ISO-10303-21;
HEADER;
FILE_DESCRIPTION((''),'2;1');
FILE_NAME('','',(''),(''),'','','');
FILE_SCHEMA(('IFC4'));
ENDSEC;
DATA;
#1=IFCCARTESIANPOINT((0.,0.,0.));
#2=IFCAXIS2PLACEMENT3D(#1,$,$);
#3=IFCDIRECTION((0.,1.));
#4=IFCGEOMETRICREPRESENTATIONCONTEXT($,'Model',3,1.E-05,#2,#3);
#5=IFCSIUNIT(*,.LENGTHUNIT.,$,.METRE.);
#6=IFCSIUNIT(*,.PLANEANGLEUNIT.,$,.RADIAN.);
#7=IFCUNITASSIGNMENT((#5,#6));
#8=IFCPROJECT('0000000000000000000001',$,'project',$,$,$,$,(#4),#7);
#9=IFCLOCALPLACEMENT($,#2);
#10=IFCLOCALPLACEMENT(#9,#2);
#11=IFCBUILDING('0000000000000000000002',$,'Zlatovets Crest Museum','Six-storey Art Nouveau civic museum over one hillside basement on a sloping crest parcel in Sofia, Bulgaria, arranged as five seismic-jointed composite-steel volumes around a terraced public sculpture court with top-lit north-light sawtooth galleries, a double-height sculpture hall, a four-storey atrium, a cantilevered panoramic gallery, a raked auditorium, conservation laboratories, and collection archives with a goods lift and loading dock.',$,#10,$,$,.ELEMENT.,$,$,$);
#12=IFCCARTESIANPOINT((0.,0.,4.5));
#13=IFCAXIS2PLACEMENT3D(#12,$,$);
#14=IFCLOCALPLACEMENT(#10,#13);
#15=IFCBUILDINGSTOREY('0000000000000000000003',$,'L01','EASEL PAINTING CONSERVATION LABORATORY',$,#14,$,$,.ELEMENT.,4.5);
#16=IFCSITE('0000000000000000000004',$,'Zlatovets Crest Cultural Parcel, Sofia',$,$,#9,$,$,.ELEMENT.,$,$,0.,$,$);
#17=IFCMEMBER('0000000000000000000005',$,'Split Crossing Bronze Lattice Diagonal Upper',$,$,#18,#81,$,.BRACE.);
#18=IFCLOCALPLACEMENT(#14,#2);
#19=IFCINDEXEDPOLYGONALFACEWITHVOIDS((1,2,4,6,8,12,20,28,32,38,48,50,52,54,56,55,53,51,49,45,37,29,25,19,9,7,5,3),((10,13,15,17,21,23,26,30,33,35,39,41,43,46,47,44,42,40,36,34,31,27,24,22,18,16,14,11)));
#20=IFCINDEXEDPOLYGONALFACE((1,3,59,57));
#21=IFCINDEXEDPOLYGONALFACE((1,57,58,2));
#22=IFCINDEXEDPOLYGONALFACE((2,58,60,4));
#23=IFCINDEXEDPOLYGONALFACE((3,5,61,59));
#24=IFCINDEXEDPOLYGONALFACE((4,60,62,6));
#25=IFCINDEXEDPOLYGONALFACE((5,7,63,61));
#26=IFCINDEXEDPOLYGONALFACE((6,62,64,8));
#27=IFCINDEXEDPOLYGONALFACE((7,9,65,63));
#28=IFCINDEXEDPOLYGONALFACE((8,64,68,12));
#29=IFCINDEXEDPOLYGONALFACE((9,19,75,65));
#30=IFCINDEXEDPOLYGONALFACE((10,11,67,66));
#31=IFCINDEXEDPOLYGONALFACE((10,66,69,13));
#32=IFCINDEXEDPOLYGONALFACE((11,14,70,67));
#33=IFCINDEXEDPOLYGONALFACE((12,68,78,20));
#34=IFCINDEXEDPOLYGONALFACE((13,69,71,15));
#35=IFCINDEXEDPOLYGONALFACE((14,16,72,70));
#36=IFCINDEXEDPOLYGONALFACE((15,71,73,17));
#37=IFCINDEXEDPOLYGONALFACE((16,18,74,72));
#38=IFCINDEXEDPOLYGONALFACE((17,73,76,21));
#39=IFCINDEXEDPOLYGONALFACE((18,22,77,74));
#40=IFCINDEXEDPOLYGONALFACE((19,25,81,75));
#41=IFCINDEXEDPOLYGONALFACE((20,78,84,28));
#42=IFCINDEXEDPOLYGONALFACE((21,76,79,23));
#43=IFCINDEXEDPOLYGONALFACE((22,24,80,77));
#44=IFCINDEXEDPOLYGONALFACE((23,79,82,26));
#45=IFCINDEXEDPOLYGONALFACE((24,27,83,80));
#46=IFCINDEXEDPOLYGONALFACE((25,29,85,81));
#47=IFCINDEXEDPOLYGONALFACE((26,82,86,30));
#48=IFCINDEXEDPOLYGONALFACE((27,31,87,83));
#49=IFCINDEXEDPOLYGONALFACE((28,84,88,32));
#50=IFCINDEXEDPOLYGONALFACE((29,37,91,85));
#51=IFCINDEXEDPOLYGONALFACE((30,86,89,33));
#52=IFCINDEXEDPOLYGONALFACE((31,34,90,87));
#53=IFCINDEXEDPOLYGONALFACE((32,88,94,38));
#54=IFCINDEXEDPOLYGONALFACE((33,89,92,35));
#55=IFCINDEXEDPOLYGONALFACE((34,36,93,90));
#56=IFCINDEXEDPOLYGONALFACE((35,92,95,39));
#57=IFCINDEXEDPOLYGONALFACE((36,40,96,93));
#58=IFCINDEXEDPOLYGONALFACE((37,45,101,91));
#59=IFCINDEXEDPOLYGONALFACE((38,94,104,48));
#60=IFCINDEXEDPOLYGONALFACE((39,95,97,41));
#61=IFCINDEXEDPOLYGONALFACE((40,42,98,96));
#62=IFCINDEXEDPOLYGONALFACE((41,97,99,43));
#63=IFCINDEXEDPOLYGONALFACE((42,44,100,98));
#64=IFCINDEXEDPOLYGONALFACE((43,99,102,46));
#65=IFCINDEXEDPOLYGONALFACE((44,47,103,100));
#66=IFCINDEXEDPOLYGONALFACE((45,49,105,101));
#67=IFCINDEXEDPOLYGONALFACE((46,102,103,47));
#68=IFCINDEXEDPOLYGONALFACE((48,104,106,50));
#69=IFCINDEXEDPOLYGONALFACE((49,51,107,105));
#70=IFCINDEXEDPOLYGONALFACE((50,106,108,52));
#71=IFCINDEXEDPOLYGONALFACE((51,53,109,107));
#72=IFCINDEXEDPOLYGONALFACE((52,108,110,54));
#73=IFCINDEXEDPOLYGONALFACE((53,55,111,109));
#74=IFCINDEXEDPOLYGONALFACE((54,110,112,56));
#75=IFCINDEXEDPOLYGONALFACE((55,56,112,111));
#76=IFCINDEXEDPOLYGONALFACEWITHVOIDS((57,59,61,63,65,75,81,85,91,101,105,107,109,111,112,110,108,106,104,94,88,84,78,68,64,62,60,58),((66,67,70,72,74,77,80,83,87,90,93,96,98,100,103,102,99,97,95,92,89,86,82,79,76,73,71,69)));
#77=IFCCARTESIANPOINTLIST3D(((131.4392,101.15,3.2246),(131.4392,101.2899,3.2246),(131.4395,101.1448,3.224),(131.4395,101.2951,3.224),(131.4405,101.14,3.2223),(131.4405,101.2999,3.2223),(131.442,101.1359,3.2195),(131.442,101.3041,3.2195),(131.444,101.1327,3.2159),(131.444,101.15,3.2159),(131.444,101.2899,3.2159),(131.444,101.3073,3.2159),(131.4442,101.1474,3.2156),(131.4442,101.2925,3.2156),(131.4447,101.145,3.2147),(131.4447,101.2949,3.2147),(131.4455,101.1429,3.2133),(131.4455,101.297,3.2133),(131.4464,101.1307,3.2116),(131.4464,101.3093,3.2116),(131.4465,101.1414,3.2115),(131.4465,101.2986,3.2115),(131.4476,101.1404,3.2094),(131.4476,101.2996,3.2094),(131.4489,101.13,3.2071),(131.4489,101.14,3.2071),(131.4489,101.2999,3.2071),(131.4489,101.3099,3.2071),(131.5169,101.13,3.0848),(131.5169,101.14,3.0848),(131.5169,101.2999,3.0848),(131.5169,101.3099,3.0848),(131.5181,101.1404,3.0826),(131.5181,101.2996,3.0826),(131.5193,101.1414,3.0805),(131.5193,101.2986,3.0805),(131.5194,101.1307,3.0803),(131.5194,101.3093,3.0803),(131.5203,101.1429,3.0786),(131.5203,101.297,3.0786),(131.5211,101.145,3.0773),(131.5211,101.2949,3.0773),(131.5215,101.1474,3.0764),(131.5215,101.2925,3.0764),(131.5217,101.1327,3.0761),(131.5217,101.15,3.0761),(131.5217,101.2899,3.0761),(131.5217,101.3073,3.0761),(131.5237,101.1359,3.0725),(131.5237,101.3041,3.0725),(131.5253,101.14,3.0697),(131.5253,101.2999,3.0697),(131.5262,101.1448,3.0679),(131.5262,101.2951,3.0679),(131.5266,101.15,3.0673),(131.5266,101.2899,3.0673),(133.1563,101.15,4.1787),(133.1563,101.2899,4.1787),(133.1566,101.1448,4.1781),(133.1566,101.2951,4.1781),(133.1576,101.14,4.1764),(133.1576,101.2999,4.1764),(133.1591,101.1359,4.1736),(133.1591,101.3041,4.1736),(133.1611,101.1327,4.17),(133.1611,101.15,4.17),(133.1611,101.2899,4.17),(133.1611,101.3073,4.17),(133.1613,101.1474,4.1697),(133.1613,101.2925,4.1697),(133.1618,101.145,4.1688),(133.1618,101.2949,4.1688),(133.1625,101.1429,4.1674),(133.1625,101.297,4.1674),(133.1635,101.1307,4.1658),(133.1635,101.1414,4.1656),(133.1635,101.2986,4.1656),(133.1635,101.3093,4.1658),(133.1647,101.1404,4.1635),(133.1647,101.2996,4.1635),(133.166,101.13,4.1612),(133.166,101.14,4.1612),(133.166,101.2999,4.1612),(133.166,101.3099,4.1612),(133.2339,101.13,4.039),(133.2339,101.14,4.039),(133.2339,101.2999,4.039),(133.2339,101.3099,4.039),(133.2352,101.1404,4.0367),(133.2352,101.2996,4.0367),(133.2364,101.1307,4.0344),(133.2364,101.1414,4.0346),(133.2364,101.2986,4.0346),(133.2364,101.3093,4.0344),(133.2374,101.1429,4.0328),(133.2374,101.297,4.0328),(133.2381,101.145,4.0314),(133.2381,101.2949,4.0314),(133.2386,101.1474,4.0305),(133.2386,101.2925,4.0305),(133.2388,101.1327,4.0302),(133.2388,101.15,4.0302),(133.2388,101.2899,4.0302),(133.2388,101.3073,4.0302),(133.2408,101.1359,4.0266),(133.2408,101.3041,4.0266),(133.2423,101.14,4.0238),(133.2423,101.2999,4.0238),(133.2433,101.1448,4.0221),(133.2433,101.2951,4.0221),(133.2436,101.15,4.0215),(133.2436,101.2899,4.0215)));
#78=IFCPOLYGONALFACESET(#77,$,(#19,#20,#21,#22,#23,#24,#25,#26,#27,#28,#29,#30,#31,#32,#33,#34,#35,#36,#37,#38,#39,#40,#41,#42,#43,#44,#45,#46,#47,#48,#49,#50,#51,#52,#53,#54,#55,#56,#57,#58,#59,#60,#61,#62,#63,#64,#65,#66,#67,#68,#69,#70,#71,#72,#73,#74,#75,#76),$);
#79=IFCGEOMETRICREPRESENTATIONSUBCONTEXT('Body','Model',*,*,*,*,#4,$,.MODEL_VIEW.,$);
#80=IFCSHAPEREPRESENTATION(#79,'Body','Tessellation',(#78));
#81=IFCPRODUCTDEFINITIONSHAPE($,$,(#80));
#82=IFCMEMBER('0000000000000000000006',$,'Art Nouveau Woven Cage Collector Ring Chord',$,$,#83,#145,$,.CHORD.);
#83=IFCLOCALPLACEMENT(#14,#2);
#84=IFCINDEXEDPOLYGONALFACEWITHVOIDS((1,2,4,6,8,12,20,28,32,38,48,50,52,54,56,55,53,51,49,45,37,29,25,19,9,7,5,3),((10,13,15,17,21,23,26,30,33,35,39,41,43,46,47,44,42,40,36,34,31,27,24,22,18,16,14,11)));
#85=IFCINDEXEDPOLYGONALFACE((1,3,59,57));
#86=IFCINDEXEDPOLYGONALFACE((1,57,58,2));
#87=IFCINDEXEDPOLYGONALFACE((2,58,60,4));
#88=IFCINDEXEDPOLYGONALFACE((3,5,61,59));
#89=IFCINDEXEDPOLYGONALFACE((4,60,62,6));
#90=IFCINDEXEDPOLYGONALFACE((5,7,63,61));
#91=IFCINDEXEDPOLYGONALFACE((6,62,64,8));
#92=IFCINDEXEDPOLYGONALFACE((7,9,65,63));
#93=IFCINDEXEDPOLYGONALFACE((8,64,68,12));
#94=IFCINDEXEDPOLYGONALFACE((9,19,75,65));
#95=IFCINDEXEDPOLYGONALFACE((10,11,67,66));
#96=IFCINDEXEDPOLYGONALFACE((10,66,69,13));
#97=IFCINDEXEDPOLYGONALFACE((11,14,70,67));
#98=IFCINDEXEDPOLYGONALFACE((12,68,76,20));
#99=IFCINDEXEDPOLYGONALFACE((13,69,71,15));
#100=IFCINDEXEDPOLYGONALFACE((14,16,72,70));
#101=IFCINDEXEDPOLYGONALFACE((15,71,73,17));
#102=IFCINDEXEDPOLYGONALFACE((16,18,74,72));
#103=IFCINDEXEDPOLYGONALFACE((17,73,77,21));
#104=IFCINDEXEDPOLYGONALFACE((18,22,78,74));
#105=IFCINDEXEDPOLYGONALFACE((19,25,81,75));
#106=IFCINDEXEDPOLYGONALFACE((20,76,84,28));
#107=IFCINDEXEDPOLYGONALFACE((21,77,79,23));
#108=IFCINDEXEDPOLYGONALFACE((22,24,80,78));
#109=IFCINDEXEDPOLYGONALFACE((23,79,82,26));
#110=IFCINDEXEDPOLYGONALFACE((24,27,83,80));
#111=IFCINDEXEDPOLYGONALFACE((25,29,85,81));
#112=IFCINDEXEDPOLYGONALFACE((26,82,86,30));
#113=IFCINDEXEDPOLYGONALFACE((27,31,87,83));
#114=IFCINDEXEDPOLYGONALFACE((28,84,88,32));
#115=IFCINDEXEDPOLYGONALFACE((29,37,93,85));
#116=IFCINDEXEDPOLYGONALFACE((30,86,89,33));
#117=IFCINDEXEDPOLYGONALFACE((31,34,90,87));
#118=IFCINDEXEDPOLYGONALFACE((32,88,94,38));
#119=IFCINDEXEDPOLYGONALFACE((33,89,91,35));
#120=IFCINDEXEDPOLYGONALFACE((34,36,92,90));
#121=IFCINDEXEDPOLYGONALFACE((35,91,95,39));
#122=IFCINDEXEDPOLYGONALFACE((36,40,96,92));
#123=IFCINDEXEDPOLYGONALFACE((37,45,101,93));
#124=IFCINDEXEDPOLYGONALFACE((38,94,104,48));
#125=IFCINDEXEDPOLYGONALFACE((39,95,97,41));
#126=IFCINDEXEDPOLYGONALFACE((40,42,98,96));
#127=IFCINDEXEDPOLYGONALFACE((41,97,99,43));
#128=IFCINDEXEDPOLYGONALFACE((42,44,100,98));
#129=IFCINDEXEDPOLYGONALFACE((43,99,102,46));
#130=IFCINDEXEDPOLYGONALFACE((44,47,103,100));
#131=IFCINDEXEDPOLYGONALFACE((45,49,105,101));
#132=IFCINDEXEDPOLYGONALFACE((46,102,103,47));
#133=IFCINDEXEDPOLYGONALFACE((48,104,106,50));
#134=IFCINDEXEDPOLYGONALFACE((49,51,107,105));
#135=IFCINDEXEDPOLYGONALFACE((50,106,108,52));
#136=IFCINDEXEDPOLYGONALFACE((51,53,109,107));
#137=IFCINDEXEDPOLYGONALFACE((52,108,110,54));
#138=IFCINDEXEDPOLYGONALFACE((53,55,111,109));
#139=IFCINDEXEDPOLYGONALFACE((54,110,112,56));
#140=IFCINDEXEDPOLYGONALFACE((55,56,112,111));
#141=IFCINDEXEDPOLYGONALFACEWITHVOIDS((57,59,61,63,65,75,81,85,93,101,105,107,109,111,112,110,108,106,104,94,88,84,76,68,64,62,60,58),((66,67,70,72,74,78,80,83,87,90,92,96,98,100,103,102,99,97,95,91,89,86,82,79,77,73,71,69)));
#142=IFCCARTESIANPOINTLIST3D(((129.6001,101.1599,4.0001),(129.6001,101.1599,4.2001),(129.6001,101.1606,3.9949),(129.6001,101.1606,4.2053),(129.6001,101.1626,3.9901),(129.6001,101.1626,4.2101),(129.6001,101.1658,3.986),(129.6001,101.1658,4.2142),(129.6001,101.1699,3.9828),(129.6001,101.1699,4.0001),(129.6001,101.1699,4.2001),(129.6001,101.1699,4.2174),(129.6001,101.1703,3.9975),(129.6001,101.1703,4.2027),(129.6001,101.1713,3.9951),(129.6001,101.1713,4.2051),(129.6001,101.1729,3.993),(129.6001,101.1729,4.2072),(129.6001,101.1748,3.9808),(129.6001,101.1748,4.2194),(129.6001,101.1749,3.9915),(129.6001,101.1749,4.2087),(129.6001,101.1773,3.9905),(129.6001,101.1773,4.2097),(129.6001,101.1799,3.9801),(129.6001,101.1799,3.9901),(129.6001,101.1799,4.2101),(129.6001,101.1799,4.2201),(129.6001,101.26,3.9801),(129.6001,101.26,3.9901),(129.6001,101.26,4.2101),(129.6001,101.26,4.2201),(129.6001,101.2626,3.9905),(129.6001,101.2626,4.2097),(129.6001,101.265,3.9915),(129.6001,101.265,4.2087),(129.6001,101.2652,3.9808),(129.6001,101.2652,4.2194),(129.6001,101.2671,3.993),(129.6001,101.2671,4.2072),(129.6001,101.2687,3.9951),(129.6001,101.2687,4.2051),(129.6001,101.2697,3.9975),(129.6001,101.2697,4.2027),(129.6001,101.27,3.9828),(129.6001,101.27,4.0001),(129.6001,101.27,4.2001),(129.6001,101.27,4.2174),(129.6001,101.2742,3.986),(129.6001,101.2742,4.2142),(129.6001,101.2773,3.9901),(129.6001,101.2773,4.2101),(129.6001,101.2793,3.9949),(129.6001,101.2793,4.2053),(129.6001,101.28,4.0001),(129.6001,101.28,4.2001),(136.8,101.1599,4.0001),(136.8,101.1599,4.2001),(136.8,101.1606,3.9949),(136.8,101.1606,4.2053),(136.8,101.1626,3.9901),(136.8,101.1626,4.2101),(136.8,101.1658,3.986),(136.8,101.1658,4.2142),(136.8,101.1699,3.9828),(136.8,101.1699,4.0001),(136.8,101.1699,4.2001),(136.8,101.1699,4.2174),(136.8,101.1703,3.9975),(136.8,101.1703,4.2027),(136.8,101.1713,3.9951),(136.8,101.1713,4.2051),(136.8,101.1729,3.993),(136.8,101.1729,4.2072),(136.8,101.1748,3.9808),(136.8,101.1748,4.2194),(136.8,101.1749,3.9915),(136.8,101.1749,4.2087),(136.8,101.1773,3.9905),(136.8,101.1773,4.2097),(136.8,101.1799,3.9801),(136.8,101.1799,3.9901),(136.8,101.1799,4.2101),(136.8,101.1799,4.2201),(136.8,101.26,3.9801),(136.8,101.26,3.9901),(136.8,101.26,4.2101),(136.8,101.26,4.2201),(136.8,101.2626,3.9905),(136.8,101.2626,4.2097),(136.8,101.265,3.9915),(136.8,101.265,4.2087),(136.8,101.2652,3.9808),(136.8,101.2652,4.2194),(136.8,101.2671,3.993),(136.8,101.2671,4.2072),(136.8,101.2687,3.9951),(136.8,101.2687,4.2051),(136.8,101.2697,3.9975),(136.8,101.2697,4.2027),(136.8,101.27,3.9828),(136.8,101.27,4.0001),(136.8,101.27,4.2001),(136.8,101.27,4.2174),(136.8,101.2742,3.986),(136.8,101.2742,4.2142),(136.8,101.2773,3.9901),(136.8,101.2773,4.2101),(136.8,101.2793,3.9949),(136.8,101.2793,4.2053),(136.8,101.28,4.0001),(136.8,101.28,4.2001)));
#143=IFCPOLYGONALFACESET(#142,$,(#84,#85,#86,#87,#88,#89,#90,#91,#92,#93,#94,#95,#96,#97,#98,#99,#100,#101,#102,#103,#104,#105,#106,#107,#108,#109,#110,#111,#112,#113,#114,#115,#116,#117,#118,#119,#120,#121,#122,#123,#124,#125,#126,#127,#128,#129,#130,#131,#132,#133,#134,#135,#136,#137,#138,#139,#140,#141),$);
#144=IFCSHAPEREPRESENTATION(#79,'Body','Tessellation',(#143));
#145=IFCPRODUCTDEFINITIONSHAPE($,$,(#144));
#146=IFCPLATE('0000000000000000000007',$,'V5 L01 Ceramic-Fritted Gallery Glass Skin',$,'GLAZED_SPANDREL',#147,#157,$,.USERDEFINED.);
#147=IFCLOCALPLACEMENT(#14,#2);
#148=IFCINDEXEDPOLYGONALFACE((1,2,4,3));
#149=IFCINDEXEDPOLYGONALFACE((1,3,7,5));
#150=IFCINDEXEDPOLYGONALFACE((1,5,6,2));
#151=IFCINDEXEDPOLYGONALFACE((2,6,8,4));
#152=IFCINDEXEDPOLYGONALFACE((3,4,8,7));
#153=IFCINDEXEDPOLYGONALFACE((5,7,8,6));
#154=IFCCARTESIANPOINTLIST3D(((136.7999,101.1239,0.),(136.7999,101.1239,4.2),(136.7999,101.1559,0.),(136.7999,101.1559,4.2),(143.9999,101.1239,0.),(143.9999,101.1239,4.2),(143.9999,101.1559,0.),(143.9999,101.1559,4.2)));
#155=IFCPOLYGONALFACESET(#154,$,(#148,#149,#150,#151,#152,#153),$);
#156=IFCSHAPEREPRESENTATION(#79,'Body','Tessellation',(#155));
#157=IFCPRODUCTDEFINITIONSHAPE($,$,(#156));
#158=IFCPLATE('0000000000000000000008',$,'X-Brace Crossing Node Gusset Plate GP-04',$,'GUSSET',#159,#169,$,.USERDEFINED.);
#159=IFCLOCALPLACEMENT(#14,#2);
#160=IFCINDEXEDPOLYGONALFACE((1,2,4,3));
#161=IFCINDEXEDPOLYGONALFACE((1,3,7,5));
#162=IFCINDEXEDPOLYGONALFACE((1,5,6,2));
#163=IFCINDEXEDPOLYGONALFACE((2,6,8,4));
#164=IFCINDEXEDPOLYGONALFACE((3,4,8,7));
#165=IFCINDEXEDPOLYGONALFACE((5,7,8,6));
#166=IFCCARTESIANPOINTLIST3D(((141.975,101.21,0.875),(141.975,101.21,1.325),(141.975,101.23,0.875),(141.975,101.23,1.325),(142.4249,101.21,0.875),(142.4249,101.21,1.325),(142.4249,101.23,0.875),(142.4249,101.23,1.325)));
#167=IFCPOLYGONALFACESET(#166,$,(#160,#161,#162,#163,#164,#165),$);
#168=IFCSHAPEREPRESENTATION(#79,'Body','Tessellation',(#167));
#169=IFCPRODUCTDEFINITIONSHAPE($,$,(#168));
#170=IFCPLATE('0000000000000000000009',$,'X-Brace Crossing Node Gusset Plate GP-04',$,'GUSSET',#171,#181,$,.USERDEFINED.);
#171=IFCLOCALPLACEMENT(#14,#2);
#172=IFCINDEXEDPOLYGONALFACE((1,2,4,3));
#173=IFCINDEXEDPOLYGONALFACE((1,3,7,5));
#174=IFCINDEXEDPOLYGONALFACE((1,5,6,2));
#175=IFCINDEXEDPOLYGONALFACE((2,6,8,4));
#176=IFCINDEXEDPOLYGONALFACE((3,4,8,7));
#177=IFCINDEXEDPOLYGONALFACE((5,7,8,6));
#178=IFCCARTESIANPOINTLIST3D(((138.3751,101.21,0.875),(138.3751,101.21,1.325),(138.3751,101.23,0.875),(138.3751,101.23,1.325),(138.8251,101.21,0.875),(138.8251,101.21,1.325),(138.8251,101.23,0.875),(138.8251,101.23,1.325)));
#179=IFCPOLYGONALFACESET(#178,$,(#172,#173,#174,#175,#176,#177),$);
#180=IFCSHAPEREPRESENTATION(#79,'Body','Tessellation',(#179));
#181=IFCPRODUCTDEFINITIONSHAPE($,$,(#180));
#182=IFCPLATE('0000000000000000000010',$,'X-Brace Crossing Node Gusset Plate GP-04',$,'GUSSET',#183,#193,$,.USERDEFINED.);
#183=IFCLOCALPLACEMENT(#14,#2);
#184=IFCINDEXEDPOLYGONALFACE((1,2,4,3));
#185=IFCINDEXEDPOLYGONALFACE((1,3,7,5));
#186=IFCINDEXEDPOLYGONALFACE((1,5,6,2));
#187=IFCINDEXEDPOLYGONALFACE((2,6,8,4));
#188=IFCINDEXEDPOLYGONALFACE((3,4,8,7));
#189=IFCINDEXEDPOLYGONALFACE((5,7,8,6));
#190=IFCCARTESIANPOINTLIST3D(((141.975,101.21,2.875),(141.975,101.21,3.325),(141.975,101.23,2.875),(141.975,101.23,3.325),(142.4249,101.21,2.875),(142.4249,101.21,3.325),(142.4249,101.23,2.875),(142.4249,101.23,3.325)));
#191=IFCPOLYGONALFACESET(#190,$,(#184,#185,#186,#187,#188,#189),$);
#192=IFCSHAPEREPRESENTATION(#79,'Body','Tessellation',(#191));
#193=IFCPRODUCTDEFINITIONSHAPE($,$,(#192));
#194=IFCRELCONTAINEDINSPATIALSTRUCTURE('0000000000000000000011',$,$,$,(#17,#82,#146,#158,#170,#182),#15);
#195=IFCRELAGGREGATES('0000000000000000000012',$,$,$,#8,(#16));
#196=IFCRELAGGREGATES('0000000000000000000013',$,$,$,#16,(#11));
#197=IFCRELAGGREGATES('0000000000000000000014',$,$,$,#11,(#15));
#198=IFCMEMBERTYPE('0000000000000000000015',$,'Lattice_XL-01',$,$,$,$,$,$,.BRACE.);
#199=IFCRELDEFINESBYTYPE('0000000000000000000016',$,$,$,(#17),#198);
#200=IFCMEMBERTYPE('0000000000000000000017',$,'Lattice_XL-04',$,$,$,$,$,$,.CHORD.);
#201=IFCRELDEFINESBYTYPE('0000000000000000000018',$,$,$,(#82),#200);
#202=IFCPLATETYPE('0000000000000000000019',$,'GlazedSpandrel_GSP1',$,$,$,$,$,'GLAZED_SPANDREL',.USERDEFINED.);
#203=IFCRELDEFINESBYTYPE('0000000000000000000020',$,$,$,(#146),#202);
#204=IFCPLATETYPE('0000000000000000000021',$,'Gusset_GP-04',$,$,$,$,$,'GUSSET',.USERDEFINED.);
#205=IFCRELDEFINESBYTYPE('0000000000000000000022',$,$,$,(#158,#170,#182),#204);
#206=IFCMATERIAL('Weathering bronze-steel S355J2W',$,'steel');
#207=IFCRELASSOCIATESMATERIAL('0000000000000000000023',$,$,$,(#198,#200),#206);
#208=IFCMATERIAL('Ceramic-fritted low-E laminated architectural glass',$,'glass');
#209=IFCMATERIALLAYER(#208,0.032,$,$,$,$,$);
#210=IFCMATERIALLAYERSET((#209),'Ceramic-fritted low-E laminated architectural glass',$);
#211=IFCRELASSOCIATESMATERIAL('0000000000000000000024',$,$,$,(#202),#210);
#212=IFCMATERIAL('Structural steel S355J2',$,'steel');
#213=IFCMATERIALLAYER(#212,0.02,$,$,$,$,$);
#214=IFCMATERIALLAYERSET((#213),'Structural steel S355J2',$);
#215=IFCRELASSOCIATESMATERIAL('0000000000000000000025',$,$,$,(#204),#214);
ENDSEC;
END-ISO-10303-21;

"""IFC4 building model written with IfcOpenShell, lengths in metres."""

from ifc_helpers import new_model, si_unit, direction, frame, origin, origin_2d, place, context, subcontext, project, spatial, rectangle, hollow_rectangle, extrude, material, layer, layer_set, material_profile, profile_set, type_object, element, save


model = new_model("IFC4")

# Units and contexts
model_context = context("Model", 3, precision=1e-05, world=origin(), true_north=direction((0.0, 1.0)))
body_context = subcontext(model_context, "Body", "Model", "MODEL_VIEW")
ifc_project = project(units=[si_unit("LENGTHUNIT", "METRE"), si_unit("PLANEANGLEUNIT", "RADIAN")], contexts=[model_context])

# Site, building, storey
site_placement = place(None, origin())
site = spatial("IfcSite", under=ifc_project, at=site_placement, Name="Zlatovets Crest Cultural Parcel, Sofia", CompositionType="ELEMENT", RefElevation=0.0)
building_placement = place(site_placement, origin())
building = spatial("IfcBuilding", under=site, at=building_placement, Name="Zlatovets Crest Museum", Description="Six-storey Art Nouveau civic museum over one hillside basement on a sloping crest parcel in Sofia, Bulgaria, arranged as five seismic-jointed composite-steel volumes around a terraced public sculpture court with top-lit north-light sawtooth galleries, a double-height sculpture hall, a four-storey atrium, a cantilevered panoramic gallery, a raked auditorium, conservation laboratories, and collection archives with a goods lift and loading dock.", CompositionType="ELEMENT")
storey_placement = place(building_placement, frame((0.0, 0.0, 4.5)))
storey = spatial("IfcBuildingStorey", under=building, at=storey_placement, Name="L01", Description="EASEL PAINTING CONSERVATION LABORATORY", CompositionType="ELEMENT", Elevation=4.5)

# Shared definitions
ifc_material_1 = material(Name="Structural steel S355J2", Category="steel")

# Members
ifc_material_2 = material(Name="Weathering bronze-steel S355J2W", Category="steel")
ifc_material_profile_1 = material_profile(ifc_material_2, hollow_rectangle(XDim=0.1799, YDim=0.1799, WallThickness=0.01, InnerFilletRadius=0.01, OuterFilletRadius=0.02, at=origin_2d()), Name="SHS 180x180x10.0")
ifc_profile_set_1 = profile_set([ifc_material_profile_1], Name="Weathering bronze-steel S355J2W")
member_type_1 = type_object("IfcMemberType", Name="Lattice_XL-01", PredefinedType="BRACE", material=ifc_profile_set_1)
member_1_placement = place(storey_placement, frame((133.2, 101.22, 4.1001), z_axis=(-0.874116, 0.0, -0.485717), x_axis=(0.0, -1.0, 0.0)))
element("IfcMember", 1, at=member_1_placement, inside=storey, type_object=member_type_1, Name="Split Crossing Bronze Lattice Diagonal Upper", PredefinedType="BRACE", context=body_context, shape_type="SweptSolid", body=[
    extrude(hollow_rectangle(XDim=0.1799, YDim=0.1799, WallThickness=0.01, InnerFilletRadius=0.01, OuterFilletRadius=0.02, at=origin_2d()), origin(), (0.0, 0.0, 1.0), 1.9644),
])
ifc_material_profile_2 = material_profile(ifc_material_2, hollow_rectangle(XDim=0.1201, YDim=0.24, WallThickness=0.01, InnerFilletRadius=0.01, OuterFilletRadius=0.02, at=origin_2d()), Name="RHS 120x240x10.0")
ifc_profile_set_2 = profile_set([ifc_material_profile_2], Name="Weathering bronze-steel S355J2W")
member_type_2 = type_object("IfcMemberType", Name="Lattice_XL-04", PredefinedType="CHORD", material=ifc_profile_set_2)
member_2_placement = place(storey_placement, frame((136.8, 101.22, 4.1001), z_axis=(-1.0, 0.0, 0.0), x_axis=(0.0, -1.0, 0.0)))
element("IfcMember", 2, at=member_2_placement, inside=storey, type_object=member_type_2, Name="Art Nouveau Woven Cage Collector Ring Chord", PredefinedType="CHORD", context=body_context, shape_type="SweptSolid", body=[
    extrude(hollow_rectangle(XDim=0.1201, YDim=0.24, WallThickness=0.01, InnerFilletRadius=0.01, OuterFilletRadius=0.02, at=origin_2d()), origin(), (0.0, 0.0, 1.0), 7.2),
])

# Plates
ifc_material_3 = material(Name="Ceramic-fritted low-E laminated architectural glass", Category="glass")
ifc_layer_1 = layer(ifc_material_3, 0.032)
ifc_layer_set_1 = layer_set([ifc_layer_1], Name="Ceramic-fritted low-E laminated architectural glass")
plate_type_1 = type_object("IfcPlateType", Name="GlazedSpandrel_GSP1", ElementType="GLAZED_SPANDREL", PredefinedType="USERDEFINED", material=ifc_layer_set_1)
plate_placement = place(storey_placement, frame((140.3999, 101.1399, 0.0), z_axis=(0.0, 0.0, 1.0), x_axis=(1.0, 0.0, 0.0)))
element("IfcPlate", 3, at=plate_placement, inside=storey, type_object=plate_type_1, Name="V5 L01 Ceramic-Fritted Gallery Glass Skin", ObjectType="GLAZED_SPANDREL", PredefinedType="USERDEFINED", context=body_context, shape_type="SweptSolid", body=[
    extrude(rectangle(XDim=7.2, YDim=0.032, at=origin_2d()), origin(), (0.0, 0.0, 1.0), 4.2),
])
ifc_layer_2 = layer(ifc_material_1, 0.02)
ifc_layer_set_2 = layer_set([ifc_layer_2], Name="Structural steel S355J2")
plate_type_2 = type_object("IfcPlateType", Name="Gusset_GP-04", ElementType="GUSSET", PredefinedType="USERDEFINED", material=ifc_layer_set_2)
for number, where, z_axis, x_axis, name in (
    (4, (142.2, 101.22, 0.875), (0.0, 0.0, 1.0), (1.0, 0.0, 0.0), "X-Brace Crossing Node Gusset Plate GP-04"),
    (5, (138.6001, 101.22, 0.875), (0.0, 0.0, 1.0), (1.0, 0.0, 0.0), "X-Brace Crossing Node Gusset Plate GP-04"),
    (6, (142.2, 101.22, 2.875), (0.0, 0.0, 1.0), (1.0, 0.0, 0.0), "X-Brace Crossing Node Gusset Plate GP-04"),
):
    element("IfcPlate", number, at=place(storey_placement, frame(where, z_axis=z_axis, x_axis=x_axis)), inside=storey, type_object=plate_type_2, Name=name, ObjectType="GUSSET", PredefinedType="USERDEFINED", context=body_context, shape_type="SweptSolid", body=[
        extrude(rectangle(XDim=0.45, YDim=0.02, at=origin_2d()), origin(), (0.0, 0.0, 1.0), 0.45),
    ])

save(model, "model.ifc")
